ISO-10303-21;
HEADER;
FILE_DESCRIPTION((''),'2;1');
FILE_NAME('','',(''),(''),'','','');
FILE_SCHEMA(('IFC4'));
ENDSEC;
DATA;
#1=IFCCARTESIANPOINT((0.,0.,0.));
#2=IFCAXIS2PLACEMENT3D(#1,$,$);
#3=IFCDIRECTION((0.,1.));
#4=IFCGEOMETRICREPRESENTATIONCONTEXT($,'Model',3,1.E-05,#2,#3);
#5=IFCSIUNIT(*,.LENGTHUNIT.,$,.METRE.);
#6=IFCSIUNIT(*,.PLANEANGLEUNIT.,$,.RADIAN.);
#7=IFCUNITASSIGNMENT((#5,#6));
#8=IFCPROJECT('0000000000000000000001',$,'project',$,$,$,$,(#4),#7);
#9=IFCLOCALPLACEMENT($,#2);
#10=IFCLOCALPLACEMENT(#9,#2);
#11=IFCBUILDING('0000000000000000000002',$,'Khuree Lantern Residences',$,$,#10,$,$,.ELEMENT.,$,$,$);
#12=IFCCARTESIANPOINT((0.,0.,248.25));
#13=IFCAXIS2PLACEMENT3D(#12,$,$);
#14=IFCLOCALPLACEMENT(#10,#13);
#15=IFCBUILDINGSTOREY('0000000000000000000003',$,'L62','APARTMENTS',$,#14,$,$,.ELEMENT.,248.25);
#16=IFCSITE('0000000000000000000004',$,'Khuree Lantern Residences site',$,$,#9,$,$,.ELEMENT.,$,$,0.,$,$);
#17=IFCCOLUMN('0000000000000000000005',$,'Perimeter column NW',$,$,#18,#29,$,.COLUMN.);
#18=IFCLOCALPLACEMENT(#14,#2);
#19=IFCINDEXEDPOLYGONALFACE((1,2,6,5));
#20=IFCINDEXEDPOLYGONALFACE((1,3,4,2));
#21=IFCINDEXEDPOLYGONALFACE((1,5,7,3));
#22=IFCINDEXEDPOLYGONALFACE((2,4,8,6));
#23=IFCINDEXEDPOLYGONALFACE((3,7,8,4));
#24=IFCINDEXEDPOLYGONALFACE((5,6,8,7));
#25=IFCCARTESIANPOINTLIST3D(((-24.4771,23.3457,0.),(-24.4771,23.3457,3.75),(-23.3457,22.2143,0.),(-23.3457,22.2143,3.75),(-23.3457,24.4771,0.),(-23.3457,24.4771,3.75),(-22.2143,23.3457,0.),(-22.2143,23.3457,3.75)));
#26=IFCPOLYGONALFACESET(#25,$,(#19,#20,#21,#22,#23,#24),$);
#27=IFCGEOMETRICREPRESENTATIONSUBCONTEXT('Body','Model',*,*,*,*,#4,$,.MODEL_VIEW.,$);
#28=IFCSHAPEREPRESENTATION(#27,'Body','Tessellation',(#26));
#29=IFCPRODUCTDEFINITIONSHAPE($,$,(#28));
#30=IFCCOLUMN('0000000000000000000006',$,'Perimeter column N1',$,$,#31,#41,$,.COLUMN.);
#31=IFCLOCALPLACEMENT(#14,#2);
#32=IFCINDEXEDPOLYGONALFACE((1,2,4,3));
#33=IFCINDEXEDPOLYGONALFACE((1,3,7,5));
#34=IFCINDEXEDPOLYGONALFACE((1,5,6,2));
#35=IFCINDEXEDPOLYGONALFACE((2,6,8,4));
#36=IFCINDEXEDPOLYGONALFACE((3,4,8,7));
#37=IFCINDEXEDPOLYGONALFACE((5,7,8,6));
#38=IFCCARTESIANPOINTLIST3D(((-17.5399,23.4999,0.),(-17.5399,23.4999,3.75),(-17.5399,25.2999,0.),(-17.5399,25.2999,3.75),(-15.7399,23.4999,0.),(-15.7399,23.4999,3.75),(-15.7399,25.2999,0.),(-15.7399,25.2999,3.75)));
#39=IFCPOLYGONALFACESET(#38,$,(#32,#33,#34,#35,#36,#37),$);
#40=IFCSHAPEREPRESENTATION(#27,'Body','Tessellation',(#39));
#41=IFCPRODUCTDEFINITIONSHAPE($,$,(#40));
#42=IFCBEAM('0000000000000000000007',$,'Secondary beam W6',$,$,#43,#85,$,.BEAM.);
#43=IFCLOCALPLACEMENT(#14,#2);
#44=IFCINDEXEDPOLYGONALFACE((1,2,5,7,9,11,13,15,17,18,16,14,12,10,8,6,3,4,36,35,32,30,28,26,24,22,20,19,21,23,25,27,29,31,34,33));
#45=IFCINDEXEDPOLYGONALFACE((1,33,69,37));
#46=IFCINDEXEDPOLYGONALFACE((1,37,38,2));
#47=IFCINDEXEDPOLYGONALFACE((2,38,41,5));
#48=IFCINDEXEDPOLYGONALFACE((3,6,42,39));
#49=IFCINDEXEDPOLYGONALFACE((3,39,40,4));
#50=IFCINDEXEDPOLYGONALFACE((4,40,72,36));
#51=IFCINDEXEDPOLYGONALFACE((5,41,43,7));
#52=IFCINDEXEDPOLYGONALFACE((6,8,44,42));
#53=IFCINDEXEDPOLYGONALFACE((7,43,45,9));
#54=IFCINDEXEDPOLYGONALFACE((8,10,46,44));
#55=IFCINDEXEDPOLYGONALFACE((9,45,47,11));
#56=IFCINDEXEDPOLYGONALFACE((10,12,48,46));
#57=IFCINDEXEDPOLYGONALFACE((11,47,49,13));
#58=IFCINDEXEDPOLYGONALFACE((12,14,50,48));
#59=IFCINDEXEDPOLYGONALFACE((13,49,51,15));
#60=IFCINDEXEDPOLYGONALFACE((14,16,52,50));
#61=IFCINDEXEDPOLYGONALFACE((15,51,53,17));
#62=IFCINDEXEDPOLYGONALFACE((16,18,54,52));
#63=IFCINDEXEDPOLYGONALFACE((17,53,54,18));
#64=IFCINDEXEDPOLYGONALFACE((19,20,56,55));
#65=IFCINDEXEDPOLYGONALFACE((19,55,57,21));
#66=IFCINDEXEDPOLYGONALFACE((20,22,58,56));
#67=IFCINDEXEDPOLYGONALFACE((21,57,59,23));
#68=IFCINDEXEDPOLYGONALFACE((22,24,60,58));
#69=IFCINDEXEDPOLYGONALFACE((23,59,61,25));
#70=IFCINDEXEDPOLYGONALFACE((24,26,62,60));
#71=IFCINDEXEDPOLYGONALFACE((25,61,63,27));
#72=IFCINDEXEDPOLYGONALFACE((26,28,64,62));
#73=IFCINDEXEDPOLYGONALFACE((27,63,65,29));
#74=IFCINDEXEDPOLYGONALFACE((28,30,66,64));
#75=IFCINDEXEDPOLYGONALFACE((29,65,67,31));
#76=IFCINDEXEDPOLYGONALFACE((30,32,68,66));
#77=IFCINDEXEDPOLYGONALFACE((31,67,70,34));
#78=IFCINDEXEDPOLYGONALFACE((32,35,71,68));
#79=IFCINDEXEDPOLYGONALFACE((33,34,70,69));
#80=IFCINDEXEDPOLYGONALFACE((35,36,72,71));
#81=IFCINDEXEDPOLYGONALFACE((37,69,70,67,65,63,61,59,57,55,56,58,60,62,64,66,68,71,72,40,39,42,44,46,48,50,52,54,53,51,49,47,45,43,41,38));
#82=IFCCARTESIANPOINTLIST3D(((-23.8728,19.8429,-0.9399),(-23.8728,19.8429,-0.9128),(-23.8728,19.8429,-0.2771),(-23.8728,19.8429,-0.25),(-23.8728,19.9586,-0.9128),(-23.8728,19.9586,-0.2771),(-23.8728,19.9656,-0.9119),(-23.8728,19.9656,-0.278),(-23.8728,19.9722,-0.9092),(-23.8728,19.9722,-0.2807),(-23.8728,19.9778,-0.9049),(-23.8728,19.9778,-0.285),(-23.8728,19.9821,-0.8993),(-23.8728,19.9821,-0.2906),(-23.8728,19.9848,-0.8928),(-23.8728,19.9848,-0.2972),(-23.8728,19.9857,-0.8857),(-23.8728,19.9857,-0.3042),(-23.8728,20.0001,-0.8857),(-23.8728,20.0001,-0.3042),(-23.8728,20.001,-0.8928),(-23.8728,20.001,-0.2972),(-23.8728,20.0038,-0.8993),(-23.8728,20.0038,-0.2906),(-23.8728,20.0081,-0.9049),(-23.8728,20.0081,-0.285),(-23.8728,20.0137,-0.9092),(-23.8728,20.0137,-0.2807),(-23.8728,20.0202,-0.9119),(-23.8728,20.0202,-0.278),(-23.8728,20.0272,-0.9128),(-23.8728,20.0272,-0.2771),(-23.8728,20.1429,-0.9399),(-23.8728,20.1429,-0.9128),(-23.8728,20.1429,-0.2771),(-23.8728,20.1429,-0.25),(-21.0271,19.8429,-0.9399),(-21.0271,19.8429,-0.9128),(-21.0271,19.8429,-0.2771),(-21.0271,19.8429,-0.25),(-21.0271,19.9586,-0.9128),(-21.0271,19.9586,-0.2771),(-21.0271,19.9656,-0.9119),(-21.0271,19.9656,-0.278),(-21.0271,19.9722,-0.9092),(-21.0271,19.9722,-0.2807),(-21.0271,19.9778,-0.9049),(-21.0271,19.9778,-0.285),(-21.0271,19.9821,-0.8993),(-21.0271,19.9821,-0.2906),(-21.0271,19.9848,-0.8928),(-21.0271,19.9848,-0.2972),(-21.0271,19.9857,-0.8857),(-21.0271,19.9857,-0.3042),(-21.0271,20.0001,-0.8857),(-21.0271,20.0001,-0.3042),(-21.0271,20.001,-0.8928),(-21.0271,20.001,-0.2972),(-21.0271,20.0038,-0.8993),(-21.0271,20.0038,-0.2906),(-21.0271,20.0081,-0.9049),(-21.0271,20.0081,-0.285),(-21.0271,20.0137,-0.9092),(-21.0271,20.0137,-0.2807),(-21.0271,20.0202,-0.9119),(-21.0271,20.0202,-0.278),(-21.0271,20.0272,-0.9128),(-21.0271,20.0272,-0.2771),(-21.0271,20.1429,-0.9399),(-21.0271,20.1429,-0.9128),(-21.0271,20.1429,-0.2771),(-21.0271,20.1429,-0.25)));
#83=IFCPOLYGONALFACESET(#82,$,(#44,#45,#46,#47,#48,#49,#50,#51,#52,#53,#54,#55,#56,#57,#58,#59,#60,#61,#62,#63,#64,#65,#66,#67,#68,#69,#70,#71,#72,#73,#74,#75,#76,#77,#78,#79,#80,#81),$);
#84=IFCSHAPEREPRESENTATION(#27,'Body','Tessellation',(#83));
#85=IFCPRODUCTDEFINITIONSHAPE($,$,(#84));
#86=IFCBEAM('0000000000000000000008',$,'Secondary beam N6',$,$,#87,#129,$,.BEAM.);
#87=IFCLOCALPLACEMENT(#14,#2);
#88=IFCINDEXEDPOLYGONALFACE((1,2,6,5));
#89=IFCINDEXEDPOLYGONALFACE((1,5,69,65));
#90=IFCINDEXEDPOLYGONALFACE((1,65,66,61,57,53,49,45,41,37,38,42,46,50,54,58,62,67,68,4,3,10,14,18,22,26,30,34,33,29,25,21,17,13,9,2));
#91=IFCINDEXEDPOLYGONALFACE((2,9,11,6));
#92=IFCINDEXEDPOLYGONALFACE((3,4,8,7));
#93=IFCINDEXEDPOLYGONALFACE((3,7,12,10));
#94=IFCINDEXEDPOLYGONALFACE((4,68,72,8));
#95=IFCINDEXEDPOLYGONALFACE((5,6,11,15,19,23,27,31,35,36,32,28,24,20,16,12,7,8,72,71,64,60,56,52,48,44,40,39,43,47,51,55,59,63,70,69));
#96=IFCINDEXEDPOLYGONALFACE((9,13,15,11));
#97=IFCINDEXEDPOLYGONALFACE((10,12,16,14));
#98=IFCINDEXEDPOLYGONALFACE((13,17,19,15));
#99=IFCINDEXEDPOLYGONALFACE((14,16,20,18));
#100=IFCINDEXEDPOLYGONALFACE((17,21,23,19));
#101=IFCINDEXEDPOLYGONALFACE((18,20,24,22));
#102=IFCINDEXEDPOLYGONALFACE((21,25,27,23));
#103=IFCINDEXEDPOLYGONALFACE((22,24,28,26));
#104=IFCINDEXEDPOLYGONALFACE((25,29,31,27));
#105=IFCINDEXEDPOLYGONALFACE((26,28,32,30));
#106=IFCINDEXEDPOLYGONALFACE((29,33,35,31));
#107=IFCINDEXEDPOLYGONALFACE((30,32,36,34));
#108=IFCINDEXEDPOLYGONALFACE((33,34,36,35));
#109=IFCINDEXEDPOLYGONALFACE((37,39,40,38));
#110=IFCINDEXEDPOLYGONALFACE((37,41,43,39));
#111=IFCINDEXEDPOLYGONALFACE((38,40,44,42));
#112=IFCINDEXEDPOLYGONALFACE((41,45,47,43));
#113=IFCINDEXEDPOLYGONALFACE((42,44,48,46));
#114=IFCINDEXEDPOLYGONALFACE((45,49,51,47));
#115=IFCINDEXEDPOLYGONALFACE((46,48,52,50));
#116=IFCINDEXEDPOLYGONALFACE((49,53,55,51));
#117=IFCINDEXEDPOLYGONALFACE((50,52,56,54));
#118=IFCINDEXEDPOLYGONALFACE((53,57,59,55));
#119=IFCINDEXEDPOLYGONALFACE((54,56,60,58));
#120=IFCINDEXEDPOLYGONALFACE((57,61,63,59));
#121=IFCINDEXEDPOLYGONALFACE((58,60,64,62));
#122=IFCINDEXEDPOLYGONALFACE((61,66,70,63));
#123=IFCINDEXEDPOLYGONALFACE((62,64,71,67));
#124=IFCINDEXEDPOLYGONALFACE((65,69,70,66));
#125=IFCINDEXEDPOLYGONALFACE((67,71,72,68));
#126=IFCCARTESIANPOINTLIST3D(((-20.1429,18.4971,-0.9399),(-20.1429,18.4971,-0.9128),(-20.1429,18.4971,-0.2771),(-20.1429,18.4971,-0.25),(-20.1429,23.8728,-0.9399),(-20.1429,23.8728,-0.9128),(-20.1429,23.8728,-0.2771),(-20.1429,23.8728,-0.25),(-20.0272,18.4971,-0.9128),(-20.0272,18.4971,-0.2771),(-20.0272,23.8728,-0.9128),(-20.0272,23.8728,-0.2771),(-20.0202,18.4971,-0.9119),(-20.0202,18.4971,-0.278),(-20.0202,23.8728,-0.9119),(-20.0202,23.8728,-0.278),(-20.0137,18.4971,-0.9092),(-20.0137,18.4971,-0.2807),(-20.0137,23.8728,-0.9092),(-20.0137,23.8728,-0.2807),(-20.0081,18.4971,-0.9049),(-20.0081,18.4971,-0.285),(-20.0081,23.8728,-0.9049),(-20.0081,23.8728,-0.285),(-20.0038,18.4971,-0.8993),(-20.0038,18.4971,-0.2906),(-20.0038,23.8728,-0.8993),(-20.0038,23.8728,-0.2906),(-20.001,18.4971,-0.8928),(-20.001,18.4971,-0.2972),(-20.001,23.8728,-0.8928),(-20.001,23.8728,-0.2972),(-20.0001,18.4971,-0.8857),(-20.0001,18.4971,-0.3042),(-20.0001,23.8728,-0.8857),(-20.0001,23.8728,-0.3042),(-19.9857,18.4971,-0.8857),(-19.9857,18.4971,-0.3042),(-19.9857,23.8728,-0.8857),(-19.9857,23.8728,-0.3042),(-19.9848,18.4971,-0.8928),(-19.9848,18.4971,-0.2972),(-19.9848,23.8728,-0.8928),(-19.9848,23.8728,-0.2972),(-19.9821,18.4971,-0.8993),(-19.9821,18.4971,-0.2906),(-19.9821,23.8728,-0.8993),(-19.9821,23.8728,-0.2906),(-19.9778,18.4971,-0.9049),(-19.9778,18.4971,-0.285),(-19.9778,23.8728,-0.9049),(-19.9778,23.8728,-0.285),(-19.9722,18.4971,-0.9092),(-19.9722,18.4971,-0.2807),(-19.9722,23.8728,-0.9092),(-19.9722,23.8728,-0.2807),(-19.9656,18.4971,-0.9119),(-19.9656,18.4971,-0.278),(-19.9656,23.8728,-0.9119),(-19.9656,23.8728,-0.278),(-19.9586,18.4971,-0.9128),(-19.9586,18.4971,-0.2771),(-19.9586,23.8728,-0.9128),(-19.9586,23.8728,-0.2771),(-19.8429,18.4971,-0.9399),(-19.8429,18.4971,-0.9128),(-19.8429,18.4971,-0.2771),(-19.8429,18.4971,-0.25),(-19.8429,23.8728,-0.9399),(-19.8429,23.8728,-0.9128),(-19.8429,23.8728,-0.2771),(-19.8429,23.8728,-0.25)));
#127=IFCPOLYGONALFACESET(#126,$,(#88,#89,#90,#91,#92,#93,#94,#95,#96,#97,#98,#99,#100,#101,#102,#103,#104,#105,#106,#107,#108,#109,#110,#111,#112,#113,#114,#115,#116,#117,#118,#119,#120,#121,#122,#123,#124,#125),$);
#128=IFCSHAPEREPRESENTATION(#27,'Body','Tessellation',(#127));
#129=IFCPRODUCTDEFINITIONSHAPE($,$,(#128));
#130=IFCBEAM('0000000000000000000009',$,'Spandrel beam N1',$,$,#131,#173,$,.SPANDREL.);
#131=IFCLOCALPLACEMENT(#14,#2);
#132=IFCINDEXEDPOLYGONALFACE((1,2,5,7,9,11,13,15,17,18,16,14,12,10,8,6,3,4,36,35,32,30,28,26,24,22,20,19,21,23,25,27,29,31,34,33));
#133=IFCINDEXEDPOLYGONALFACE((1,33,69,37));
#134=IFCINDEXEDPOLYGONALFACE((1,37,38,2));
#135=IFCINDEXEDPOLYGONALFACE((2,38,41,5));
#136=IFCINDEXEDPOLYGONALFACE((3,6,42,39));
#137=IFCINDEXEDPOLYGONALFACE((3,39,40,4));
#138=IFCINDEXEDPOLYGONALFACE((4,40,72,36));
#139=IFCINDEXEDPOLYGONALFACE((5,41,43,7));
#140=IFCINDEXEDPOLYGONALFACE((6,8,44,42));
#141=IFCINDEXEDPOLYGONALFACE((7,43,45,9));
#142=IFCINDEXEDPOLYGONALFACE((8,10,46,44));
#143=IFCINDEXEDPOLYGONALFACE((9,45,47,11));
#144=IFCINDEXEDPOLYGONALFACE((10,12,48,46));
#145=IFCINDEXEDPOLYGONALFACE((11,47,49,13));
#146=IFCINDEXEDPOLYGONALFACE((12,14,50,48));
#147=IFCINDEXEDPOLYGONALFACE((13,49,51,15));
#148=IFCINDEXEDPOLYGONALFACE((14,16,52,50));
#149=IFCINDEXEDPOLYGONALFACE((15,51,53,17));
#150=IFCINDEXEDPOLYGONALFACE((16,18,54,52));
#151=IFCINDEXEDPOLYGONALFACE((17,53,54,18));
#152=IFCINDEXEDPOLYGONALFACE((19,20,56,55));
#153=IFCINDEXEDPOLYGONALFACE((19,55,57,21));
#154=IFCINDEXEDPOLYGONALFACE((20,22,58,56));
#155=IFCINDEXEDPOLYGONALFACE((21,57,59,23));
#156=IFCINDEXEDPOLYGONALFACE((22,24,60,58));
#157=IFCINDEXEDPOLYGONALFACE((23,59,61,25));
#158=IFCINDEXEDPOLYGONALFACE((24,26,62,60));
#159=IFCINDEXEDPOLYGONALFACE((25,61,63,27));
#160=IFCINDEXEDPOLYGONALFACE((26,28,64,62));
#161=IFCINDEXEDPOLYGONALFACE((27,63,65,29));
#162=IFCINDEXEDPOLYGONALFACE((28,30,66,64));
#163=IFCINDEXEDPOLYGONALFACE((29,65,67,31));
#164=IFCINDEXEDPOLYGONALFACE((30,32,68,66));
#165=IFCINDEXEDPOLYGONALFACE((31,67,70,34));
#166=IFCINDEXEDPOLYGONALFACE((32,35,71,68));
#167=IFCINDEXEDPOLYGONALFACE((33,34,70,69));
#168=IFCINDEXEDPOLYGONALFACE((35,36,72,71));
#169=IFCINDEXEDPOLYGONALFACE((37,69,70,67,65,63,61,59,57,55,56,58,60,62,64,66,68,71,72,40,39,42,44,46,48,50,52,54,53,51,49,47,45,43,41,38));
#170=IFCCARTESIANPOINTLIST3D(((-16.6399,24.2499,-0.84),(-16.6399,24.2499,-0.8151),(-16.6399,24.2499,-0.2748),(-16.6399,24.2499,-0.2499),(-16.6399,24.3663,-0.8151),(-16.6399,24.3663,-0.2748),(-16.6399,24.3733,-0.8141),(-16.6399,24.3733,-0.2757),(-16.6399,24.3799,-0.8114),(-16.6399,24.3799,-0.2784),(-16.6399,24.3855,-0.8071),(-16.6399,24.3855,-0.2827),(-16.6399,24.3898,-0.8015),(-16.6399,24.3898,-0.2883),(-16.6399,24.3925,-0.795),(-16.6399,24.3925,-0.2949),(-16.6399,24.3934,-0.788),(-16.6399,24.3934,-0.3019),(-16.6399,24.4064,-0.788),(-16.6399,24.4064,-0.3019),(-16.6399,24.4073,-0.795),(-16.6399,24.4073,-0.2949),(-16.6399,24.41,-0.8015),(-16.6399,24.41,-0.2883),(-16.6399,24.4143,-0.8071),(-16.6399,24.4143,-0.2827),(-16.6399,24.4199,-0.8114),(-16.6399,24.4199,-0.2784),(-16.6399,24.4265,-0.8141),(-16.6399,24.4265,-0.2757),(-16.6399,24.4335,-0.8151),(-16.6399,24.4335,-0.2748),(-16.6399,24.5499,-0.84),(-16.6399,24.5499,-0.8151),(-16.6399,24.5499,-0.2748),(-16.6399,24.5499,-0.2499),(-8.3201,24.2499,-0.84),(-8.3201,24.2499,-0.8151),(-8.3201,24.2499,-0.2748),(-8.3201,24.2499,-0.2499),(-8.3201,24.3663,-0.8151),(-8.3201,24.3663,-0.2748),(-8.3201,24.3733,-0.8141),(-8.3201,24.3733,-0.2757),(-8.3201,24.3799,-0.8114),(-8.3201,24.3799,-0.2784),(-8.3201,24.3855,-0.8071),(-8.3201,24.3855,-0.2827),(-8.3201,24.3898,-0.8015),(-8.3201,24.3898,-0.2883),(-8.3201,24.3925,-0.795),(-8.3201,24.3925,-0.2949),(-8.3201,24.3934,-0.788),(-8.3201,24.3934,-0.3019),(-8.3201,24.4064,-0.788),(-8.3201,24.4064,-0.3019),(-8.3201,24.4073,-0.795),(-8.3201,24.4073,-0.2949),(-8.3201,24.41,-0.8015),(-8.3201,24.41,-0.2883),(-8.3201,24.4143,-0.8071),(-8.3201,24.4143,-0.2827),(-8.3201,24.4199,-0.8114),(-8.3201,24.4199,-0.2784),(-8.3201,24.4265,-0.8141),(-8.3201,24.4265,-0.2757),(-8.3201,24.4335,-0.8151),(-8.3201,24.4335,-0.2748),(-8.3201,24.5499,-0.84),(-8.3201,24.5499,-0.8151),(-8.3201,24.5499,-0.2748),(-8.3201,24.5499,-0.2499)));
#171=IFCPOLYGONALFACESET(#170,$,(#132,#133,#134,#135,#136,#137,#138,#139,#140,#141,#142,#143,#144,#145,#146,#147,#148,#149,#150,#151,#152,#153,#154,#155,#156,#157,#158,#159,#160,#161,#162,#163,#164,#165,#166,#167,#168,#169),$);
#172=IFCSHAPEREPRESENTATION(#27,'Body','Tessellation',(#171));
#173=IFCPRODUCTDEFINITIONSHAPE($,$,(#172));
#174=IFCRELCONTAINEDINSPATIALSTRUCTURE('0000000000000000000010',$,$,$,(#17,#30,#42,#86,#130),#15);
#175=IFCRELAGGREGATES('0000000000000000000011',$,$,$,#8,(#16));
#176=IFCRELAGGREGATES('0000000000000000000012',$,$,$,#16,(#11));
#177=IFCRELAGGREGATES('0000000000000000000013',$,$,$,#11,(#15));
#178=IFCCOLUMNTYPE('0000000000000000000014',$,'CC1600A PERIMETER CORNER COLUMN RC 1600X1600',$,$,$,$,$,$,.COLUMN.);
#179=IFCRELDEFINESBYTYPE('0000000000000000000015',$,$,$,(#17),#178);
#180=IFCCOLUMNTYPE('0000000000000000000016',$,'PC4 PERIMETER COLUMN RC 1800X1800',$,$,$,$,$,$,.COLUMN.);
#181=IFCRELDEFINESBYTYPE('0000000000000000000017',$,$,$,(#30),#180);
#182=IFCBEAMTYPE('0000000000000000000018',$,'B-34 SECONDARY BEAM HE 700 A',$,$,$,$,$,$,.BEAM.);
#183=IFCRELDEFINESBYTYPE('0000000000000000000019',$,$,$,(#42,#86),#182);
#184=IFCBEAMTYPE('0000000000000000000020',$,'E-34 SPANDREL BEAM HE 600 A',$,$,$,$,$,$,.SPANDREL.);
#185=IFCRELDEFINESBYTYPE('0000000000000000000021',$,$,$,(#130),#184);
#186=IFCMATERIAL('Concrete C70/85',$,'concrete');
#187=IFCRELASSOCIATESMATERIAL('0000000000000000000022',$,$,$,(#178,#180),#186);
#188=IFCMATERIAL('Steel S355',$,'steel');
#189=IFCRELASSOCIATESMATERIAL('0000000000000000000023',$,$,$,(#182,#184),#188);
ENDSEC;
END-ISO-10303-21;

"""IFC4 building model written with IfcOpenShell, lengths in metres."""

from ifc_helpers import new_model, si_unit, direction, frame, origin, origin_2d, place, context, subcontext, project, spatial, rectangle, i_section, extrude, material, material_profile, profile_set, type_object, element, save


model = new_model("IFC4")

# Units and contexts
model_context = context("Model", 3, precision=1e-05, world=origin(), true_north=direction((0.0, 1.0)))
body_context = subcontext(model_context, "Body", "Model", "MODEL_VIEW")
ifc_project = project(units=[si_unit("LENGTHUNIT", "METRE"), si_unit("PLANEANGLEUNIT", "RADIAN")], contexts=[model_context])

# Site, building, storey
site_placement = place(None, origin())
site = spatial("IfcSite", under=ifc_project, at=site_placement, Name="Khuree Lantern Residences site", CompositionType="ELEMENT", RefElevation=0.0)
building_placement = place(site_placement, origin())
building = spatial("IfcBuilding", under=site, at=building_placement, Name="Khuree Lantern Residences", CompositionType="ELEMENT")
storey_placement = place(building_placement, frame((0.0, 0.0, 248.25)))
storey = spatial("IfcBuildingStorey", under=building, at=storey_placement, Name="L62", Description="APARTMENTS", CompositionType="ELEMENT", Elevation=248.25)

# Columns
ifc_material_1 = material(Name="Concrete C70/85", Category="concrete")
ifc_material_profile_1 = material_profile(ifc_material_1, rectangle(XDim=1.6001, YDim=1.6001, at=origin_2d()), Name="RC 1600X1600")
ifc_profile_set_1 = profile_set([ifc_material_profile_1], Name="Concrete C70/85")
column_type_1 = type_object("IfcColumnType", Name="CC1600A PERIMETER CORNER COLUMN RC 1600X1600", PredefinedType="COLUMN", material=ifc_profile_set_1)
column_1_placement = place(storey_placement, frame((-23.3457, 23.3457, 0.0), z_axis=(0.0, 0.0, 1.0), x_axis=(0.707107, 0.707107, 0.0)))
element("IfcColumn", 1, at=column_1_placement, inside=storey, type_object=column_type_1, Name="Perimeter column NW", PredefinedType="COLUMN", context=body_context, shape_type="SweptSolid", body=[
    extrude(rectangle(XDim=1.6001, YDim=1.6001, at=origin_2d()), origin(), (0.0, 0.0, 1.0), 3.75),
])
ifc_material_profile_2 = material_profile(ifc_material_1, rectangle(XDim=1.8, YDim=1.8, at=origin_2d()), Name="RC 1800X1800")
ifc_profile_set_2 = profile_set([ifc_material_profile_2], Name="Concrete C70/85")
column_type_2 = type_object("IfcColumnType", Name="PC4 PERIMETER COLUMN RC 1800X1800", PredefinedType="COLUMN", material=ifc_profile_set_2)
column_2_placement = place(storey_placement, frame((-16.6399, 24.3999, 0.0), z_axis=(0.0, 0.0, 1.0), x_axis=(1.0, 0.0, 0.0)))
element("IfcColumn", 2, at=column_2_placement, inside=storey, type_object=column_type_2, Name="Perimeter column N1", PredefinedType="COLUMN", context=body_context, shape_type="SweptSolid", body=[
    extrude(rectangle(XDim=1.8, YDim=1.8, at=origin_2d()), origin(), (0.0, 0.0, 1.0), 3.75),
])

# Beams
ifc_material_2 = material(Name="Steel S355", Category="steel")
ifc_material_profile_3 = material_profile(ifc_material_2, i_section(OverallWidth=0.3, OverallDepth=0.6899, WebThickness=0.0144, FlangeThickness=0.0271, FilletRadius=0.0271, at=origin_2d()), Name="HE 700 A")
ifc_profile_set_3 = profile_set([ifc_material_profile_3], Name="Steel S355")
beam_type_1 = type_object("IfcBeamType", Name="B-34 SECONDARY BEAM HE 700 A", PredefinedType="BEAM", material=ifc_profile_set_3)
beam_1_placement = place(storey_placement, frame((-23.8728, 19.9929, -0.595), z_axis=(1.0, 0.0, 0.0), x_axis=(0.0, 1.0, 0.0)))
element("IfcBeam", 3, at=beam_1_placement, inside=storey, type_object=beam_type_1, Name="Secondary beam W6", PredefinedType="BEAM", context=body_context, shape_type="SweptSolid", body=[
    extrude(i_section(OverallWidth=0.3, OverallDepth=0.6899, WebThickness=0.0144, FlangeThickness=0.0271, FilletRadius=0.0271, at=origin_2d()), origin(), (0.0, 0.0, 1.0), 2.8457),
])
beam_2_placement = place(storey_placement, frame((-19.9929, 23.8728, -0.595), z_axis=(0.0, -1.0, 0.0), x_axis=(1.0, 0.0, 0.0)))
element("IfcBeam", 4, at=beam_2_placement, inside=storey, type_object=beam_type_1, Name="Secondary beam N6", PredefinedType="BEAM", context=body_context, shape_type="SweptSolid", body=[
    extrude(i_section(OverallWidth=0.3, OverallDepth=0.6899, WebThickness=0.0144, FlangeThickness=0.0271, FilletRadius=0.0271, at=origin_2d()), origin(), (0.0, 0.0, 1.0), 5.3757),
])
ifc_material_profile_4 = material_profile(ifc_material_2, i_section(OverallWidth=0.3, OverallDepth=0.5901, WebThickness=0.0129, FlangeThickness=0.0249, FilletRadius=0.0271, at=origin_2d()), Name="HE 600 A")
ifc_profile_set_4 = profile_set([ifc_material_profile_4], Name="Steel S355")
beam_type_2 = type_object("IfcBeamType", Name="E-34 SPANDREL BEAM HE 600 A", PredefinedType="SPANDREL", material=ifc_profile_set_4)
beam_3_placement = place(storey_placement, frame((-16.6399, 24.3999, -0.5449), z_axis=(1.0, 0.0, 0.0), x_axis=(0.0, 1.0, 0.0)))
element("IfcBeam", 5, at=beam_3_placement, inside=storey, type_object=beam_type_2, Name="Spandrel beam N1", PredefinedType="SPANDREL", context=body_context, shape_type="SweptSolid", body=[
    extrude(i_section(OverallWidth=0.3, OverallDepth=0.5901, WebThickness=0.0129, FlangeThickness=0.0249, FilletRadius=0.0271, at=origin_2d()), origin(), (0.0, 0.0, 1.0), 8.3198),
])

save(model, "model.ifc")
